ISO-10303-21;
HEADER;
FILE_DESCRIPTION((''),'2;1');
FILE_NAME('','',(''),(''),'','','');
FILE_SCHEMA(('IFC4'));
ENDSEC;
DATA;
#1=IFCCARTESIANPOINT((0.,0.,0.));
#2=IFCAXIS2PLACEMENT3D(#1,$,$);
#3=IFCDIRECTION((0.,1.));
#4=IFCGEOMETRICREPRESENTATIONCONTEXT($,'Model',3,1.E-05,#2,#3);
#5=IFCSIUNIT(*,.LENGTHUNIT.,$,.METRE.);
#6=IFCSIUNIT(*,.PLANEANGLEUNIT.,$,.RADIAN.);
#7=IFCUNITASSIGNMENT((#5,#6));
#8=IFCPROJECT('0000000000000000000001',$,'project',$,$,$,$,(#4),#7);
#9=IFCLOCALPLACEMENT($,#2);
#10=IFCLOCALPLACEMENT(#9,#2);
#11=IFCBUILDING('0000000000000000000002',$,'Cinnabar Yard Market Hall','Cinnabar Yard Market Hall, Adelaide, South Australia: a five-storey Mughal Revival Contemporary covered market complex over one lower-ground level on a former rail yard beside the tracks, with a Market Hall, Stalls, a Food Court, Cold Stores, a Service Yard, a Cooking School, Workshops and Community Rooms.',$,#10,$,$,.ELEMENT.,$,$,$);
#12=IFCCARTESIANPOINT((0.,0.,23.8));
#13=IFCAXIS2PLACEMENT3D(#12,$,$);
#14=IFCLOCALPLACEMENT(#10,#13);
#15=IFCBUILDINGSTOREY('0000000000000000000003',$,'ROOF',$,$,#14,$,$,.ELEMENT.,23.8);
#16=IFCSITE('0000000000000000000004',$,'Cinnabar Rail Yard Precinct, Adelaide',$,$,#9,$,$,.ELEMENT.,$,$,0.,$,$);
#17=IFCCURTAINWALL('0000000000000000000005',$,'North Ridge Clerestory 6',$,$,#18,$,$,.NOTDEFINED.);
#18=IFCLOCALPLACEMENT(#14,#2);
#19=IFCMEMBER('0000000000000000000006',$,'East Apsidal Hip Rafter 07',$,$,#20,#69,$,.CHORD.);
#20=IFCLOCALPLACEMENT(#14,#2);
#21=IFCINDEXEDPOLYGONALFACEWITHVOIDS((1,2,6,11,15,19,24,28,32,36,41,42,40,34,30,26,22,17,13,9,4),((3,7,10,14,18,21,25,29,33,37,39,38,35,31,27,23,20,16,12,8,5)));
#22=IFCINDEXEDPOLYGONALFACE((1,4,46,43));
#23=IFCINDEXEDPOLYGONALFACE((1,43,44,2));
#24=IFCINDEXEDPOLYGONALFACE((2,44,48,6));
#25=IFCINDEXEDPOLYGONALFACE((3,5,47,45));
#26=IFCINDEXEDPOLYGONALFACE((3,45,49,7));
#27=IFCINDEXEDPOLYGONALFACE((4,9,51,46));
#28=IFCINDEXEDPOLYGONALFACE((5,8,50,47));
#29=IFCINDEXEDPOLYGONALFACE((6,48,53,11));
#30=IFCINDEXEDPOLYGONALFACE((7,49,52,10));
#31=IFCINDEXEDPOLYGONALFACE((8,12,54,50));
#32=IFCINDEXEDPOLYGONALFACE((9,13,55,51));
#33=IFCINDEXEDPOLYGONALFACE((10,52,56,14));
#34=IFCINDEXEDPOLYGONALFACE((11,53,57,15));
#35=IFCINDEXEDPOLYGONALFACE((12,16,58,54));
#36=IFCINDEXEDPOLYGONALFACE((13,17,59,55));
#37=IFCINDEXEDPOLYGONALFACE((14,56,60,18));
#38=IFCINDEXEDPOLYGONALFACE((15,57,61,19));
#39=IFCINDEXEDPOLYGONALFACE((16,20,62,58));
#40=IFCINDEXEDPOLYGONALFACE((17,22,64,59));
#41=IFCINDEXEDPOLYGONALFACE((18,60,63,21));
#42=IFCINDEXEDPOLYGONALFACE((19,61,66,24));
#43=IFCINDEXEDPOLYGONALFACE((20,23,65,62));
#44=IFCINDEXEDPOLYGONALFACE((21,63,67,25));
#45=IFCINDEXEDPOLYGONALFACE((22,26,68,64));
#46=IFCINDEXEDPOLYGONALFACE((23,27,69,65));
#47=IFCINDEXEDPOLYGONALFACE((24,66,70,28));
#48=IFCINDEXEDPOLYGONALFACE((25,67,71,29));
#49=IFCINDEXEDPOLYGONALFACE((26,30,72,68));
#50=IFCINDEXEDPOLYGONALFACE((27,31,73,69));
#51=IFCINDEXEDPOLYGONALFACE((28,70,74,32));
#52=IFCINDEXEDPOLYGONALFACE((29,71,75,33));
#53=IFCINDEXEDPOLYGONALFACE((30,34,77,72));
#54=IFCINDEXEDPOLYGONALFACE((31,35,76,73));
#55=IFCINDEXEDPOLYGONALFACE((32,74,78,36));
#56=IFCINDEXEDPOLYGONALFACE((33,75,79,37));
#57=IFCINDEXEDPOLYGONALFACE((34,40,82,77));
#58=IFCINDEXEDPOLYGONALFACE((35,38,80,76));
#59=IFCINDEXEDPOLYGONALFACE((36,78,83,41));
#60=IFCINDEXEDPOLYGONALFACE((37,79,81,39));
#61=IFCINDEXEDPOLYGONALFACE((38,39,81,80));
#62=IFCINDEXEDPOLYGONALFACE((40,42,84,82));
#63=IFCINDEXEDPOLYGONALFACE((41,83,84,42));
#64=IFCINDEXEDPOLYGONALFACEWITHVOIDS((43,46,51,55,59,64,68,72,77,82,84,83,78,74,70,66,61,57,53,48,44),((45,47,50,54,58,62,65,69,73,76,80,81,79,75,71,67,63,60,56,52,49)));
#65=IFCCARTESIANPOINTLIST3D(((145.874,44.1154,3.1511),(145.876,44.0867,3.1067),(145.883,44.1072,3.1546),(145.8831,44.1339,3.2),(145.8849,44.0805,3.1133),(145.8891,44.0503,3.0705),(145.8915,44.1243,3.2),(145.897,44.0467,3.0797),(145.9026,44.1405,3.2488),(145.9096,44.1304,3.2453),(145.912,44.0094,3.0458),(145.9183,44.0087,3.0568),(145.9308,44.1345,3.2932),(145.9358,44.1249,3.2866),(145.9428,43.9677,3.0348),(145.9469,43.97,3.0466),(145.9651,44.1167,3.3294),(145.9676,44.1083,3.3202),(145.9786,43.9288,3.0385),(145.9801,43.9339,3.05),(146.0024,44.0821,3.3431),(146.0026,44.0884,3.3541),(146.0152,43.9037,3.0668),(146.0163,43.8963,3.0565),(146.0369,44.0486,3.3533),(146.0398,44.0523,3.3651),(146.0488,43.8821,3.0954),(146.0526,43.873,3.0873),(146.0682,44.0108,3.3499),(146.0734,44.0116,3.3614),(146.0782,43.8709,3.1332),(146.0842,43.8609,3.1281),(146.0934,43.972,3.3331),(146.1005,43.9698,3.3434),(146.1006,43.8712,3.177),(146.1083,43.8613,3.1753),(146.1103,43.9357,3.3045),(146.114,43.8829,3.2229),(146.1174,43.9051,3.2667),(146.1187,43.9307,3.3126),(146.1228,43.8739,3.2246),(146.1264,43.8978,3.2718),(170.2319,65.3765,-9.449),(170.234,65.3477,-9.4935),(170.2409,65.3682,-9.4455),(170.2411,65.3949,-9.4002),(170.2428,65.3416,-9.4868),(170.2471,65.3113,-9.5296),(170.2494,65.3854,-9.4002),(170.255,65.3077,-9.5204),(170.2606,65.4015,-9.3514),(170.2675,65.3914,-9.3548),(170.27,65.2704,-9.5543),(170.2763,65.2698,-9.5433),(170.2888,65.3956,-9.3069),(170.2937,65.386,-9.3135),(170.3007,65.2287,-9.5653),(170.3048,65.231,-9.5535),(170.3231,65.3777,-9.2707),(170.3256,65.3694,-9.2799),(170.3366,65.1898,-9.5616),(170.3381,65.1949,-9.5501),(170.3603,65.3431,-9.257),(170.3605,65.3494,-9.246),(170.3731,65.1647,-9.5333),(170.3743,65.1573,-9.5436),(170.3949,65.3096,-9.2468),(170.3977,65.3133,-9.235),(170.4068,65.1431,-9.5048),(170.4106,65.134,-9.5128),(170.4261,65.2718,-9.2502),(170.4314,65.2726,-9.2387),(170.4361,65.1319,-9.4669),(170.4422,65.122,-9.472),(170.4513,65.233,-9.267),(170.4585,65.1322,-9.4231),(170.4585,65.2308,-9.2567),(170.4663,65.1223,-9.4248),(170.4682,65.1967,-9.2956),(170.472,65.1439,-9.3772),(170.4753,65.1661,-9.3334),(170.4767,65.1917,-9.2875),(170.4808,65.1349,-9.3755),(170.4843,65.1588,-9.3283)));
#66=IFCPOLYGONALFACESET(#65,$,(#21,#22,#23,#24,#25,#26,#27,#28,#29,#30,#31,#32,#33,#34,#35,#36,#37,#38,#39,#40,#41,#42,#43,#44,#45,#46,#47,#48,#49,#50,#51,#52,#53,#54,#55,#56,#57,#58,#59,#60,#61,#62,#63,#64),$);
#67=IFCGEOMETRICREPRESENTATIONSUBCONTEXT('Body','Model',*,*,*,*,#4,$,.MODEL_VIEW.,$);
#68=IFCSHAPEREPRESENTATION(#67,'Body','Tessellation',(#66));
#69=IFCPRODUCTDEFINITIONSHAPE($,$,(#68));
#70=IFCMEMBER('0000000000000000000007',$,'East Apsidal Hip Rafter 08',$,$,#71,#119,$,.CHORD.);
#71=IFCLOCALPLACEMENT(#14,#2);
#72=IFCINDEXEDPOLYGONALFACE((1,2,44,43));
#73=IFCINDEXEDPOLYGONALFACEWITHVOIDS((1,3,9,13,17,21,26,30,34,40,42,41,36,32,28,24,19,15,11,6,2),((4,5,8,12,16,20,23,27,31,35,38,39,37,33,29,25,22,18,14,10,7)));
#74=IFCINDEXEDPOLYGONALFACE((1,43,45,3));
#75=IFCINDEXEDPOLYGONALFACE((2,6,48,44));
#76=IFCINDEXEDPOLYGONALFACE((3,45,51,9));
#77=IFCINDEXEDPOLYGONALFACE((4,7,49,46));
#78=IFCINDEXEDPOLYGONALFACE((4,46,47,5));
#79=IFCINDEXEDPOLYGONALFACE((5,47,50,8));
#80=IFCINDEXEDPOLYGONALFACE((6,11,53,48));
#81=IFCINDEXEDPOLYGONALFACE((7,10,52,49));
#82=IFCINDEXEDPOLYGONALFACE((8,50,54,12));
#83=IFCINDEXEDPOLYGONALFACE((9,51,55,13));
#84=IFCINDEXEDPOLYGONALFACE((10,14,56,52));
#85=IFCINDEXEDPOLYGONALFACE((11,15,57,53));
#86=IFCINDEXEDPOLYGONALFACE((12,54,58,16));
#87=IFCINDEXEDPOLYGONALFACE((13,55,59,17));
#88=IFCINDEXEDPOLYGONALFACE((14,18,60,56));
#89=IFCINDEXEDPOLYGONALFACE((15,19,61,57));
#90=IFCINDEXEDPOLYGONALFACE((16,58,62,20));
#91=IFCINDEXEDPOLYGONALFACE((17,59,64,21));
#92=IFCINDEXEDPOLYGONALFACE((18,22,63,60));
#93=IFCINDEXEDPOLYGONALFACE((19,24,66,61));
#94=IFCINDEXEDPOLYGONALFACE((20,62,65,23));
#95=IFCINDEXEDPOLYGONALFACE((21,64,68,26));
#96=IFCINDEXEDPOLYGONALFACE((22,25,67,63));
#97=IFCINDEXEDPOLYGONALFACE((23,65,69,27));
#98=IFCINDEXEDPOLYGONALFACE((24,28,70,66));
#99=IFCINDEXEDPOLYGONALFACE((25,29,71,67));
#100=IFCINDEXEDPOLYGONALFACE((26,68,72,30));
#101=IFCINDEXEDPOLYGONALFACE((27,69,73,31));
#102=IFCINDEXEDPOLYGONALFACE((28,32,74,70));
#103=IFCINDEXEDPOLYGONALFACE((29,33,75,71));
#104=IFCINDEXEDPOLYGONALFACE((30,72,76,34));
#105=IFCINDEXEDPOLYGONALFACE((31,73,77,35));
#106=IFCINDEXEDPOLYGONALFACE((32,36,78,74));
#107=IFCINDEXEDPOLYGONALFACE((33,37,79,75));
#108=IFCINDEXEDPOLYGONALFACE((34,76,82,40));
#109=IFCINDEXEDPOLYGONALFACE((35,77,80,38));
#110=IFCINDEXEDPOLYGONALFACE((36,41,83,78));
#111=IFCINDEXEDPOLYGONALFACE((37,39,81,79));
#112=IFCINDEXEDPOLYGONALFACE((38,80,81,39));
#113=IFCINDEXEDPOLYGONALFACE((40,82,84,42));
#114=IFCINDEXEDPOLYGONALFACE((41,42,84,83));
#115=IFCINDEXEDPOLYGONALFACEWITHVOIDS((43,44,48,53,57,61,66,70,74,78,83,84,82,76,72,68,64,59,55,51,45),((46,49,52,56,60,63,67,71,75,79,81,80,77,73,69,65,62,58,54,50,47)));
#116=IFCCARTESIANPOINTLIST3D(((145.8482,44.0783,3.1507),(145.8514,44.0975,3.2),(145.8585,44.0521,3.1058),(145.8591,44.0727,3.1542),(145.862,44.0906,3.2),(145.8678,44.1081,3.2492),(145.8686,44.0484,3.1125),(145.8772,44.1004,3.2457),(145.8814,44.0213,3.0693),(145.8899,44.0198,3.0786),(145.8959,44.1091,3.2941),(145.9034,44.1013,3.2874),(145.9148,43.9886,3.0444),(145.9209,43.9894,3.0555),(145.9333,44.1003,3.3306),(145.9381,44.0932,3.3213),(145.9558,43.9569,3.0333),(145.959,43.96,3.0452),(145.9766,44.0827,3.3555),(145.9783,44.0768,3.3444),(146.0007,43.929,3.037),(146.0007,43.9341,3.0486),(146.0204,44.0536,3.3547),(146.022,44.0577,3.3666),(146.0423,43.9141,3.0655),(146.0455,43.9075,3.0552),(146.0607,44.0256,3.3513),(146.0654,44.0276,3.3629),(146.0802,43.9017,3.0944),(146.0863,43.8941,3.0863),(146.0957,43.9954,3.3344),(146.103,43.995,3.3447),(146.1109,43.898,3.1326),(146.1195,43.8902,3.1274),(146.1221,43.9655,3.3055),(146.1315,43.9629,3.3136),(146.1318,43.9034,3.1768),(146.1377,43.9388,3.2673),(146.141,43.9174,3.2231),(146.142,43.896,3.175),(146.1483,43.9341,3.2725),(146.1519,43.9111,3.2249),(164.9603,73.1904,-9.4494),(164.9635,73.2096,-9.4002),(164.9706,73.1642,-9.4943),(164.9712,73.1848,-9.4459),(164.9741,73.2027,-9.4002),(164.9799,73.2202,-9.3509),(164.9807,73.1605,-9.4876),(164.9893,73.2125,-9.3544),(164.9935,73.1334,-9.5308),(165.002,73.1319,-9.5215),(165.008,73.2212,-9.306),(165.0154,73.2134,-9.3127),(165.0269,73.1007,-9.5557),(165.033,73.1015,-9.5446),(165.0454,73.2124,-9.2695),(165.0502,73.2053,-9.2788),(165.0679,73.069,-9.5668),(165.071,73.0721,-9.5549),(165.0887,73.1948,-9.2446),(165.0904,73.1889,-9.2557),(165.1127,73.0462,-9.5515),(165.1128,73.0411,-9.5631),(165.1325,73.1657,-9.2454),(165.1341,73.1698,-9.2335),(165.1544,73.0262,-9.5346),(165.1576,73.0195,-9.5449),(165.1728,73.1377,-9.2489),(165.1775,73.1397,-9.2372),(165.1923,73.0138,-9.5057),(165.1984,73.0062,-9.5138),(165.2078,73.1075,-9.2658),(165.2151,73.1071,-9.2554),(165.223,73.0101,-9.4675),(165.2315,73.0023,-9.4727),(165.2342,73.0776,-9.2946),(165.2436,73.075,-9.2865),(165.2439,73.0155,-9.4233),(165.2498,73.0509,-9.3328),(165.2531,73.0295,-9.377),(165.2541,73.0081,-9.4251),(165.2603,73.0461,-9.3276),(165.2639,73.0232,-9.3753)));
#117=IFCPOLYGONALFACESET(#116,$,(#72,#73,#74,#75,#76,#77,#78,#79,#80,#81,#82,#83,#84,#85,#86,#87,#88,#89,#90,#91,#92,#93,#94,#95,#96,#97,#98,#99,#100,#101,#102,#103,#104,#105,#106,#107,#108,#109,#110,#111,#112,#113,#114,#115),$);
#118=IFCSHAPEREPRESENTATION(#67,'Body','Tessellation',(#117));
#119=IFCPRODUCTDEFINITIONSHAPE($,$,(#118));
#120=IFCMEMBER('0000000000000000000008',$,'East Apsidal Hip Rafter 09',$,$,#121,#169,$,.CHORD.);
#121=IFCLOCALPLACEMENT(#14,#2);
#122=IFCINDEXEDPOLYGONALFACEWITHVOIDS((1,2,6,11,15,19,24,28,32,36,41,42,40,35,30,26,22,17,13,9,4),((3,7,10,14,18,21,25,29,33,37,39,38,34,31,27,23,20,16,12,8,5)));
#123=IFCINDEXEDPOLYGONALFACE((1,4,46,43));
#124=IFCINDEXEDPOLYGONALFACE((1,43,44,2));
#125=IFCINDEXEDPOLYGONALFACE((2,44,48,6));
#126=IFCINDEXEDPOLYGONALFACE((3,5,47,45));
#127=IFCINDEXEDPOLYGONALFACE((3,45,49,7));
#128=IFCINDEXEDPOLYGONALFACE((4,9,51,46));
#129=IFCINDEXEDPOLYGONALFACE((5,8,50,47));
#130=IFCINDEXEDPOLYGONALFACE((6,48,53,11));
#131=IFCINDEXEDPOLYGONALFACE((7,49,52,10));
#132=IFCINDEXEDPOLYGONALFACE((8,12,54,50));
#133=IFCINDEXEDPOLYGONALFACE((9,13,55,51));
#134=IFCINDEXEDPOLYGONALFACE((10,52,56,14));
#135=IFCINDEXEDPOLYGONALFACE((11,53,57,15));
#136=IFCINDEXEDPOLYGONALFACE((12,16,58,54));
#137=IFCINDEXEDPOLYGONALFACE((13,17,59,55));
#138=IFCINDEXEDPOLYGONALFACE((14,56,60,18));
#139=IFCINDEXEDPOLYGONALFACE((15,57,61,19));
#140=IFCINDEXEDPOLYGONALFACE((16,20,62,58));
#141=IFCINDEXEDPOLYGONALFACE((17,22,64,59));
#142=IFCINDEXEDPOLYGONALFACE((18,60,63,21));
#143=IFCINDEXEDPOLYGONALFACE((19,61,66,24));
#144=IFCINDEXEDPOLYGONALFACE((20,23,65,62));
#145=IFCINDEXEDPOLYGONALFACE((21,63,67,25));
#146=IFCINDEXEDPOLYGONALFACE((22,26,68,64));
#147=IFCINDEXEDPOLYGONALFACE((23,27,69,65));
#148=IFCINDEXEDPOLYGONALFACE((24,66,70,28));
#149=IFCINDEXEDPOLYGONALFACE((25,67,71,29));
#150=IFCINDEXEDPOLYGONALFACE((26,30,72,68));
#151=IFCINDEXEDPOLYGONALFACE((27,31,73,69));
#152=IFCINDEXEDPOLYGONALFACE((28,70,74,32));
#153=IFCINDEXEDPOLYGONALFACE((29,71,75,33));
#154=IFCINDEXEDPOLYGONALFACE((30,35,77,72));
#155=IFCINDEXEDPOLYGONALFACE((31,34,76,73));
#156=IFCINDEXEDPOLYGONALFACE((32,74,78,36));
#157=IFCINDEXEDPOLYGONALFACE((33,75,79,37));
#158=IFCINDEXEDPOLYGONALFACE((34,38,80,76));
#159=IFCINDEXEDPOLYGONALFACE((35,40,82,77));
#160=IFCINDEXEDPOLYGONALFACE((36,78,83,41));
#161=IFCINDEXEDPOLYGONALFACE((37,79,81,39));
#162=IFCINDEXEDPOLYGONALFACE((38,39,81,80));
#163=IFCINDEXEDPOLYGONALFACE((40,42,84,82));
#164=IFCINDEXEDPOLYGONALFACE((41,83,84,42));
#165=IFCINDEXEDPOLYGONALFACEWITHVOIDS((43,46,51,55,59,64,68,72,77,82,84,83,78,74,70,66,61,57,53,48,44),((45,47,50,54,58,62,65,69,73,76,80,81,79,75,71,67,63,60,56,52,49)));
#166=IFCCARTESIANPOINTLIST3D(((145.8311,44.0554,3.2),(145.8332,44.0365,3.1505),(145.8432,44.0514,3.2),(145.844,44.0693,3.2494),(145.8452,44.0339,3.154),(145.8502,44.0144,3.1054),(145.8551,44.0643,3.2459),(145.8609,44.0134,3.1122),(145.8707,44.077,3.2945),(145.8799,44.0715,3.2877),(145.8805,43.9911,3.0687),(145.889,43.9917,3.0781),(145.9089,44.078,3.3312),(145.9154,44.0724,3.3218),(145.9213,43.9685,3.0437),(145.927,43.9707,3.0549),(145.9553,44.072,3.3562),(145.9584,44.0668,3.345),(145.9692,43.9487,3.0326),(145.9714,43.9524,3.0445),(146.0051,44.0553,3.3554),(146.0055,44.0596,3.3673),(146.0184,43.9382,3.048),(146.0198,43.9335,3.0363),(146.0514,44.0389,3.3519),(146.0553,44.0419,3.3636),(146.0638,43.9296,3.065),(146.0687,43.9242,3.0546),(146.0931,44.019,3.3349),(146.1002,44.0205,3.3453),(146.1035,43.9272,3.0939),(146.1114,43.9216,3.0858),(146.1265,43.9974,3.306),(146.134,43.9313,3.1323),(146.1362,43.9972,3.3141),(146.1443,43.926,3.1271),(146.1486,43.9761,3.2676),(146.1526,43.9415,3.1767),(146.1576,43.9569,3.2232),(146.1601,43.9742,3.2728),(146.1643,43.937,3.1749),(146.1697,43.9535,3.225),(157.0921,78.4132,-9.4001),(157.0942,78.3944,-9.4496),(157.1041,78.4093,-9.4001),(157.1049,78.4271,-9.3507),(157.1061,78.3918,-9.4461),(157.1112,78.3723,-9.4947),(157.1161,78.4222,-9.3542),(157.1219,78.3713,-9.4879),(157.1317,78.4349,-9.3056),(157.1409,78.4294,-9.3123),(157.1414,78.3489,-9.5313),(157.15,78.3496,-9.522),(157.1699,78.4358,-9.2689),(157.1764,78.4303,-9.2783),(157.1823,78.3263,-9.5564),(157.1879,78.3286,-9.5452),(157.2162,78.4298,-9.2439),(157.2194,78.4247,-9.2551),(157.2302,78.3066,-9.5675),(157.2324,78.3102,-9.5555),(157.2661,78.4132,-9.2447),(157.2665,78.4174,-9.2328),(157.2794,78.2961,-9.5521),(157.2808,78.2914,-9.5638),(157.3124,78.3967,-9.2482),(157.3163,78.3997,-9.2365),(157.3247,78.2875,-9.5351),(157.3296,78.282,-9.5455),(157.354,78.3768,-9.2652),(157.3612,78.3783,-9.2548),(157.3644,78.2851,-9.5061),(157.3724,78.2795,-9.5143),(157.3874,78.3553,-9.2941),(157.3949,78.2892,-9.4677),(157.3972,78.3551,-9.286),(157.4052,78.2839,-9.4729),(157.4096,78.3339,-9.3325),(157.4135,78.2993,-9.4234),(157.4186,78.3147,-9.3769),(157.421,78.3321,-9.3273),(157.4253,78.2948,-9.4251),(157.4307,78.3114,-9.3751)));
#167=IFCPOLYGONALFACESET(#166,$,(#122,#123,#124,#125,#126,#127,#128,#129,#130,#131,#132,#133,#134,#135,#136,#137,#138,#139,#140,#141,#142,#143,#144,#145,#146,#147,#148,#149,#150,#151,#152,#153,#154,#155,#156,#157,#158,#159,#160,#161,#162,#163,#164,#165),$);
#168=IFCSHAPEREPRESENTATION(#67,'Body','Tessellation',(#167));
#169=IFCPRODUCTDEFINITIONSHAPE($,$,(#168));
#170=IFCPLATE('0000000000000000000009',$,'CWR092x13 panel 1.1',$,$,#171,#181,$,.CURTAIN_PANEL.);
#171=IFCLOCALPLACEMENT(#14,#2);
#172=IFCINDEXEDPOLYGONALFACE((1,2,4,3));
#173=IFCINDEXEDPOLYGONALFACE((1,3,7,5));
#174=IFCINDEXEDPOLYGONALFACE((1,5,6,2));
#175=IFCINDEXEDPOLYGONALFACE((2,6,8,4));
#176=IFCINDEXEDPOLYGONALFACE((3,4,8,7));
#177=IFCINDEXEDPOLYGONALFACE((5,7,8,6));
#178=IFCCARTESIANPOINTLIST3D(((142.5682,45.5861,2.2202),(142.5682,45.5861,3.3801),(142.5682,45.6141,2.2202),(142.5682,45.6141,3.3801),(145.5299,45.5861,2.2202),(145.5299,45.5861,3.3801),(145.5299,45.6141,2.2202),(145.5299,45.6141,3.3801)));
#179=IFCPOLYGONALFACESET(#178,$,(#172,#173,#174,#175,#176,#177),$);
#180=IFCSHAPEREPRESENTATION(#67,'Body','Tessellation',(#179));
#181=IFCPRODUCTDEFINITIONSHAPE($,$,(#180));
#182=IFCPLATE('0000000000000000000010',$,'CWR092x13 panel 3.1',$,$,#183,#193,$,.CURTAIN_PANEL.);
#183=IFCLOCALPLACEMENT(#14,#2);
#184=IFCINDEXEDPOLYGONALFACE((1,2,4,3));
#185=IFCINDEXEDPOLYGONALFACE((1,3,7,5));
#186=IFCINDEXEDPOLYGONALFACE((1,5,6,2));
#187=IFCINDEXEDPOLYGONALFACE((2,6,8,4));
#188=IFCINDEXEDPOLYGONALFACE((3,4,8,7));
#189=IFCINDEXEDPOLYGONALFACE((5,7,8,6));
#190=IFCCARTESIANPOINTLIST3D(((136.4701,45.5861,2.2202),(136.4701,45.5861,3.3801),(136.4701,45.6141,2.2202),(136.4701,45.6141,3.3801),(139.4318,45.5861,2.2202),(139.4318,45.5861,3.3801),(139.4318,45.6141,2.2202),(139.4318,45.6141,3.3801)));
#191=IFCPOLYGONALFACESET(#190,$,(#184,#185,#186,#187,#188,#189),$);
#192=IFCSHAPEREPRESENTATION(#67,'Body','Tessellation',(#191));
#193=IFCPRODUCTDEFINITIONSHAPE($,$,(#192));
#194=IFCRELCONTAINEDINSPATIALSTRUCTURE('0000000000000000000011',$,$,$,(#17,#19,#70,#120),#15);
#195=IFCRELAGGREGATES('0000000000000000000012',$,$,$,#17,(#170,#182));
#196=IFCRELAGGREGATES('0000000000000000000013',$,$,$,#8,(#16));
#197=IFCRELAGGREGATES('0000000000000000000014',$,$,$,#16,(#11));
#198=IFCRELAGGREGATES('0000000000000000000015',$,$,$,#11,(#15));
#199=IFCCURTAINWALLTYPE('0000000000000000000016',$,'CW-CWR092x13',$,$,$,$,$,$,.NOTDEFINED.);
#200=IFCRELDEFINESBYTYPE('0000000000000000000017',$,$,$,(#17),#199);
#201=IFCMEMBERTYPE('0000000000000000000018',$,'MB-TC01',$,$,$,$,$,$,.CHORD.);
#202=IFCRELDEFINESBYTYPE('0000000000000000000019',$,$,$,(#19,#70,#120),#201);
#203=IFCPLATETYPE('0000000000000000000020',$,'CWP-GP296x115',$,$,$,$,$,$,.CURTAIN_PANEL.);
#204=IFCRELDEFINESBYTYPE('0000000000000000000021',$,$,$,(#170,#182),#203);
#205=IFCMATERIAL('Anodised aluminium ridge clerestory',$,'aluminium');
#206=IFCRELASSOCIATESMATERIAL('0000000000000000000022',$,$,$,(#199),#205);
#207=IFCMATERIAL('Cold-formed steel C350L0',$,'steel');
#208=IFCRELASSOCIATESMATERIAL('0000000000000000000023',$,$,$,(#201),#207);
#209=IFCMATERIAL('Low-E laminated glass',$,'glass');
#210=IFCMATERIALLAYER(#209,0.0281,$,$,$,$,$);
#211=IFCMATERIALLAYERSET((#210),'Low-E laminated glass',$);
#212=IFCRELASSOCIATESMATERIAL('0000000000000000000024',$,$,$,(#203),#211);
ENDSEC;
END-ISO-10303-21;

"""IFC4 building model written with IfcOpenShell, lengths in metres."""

from ifc_helpers import new_model, si_unit, direction, frame, origin, origin_2d_with_axis, place, context, subcontext, project, spatial, rectangle, hollow_circle, extrude, material, layer, layer_set, material_profile, profile_set, type_object, element, aggregate, save


model = new_model("IFC4")

# Units and contexts
model_context = context("Model", 3, precision=1e-05, world=origin(), true_north=direction((0.0, 1.0)))
body_context = subcontext(model_context, "Body", "Model", "MODEL_VIEW")
ifc_project = project(units=[si_unit("LENGTHUNIT", "METRE"), si_unit("PLANEANGLEUNIT", "RADIAN")], contexts=[model_context])

# Site, building, storey
site_placement = place(None, origin())
site = spatial("IfcSite", under=ifc_project, at=site_placement, Name="Cinnabar Rail Yard Precinct, Adelaide", CompositionType="ELEMENT", RefElevation=0.0)
building_placement = place(site_placement, origin())
building = spatial("IfcBuilding", under=site, at=building_placement, Name="Cinnabar Yard Market Hall", Description="Cinnabar Yard Market Hall, Adelaide, South Australia: a five-storey Mughal Revival Contemporary covered market complex over one lower-ground level on a former rail yard beside the tracks, with a Market Hall, Stalls, a Food Court, Cold Stores, a Service Yard, a Cooking School, Workshops and Community Rooms.", CompositionType="ELEMENT")
storey_placement = place(building_placement, frame((0.0, 0.0, 23.8)))
storey = spatial("IfcBuildingStorey", under=building, at=storey_placement, Name="ROOF", CompositionType="ELEMENT", Elevation=23.8)

# Curtain wall
ifc_material_1 = material(Name="Anodised aluminium ridge clerestory", Category="aluminium")
curtain_wall_type = type_object("IfcCurtainWallType", Name="CW-CWR092x13", PredefinedType="NOTDEFINED", material=ifc_material_1)
curtain_wall_placement = place(storey_placement, origin())
curtain_wall = element("IfcCurtainWall", 1, at=curtain_wall_placement, inside=storey, type_object=curtain_wall_type, Name="North Ridge Clerestory 6", PredefinedType="NOTDEFINED")

# Members
ifc_material_2 = material(Name="Cold-formed steel C350L0", Category="steel")
ifc_material_profile_1 = material_profile(ifc_material_2, hollow_circle(Radius=0.1777, WallThickness=0.0127, at=origin_2d_with_axis()), Name="355.6x12.7CHS")
ifc_profile_set_1 = profile_set([ifc_material_profile_1], Name="Cold-formed steel C350L0")
member_type_1 = type_object("IfcMemberType", Name="MB-TC01", PredefinedType="CHORD", material=ifc_profile_set_1)
member_1_placement = place(storey_placement, frame((146.0, 44.0, 3.2), z_axis=(0.701954, 0.612706, -0.363114), x_axis=(-0.65759, 0.753376, 0.0)))
element("IfcMember", 2, at=member_1_placement, inside=storey, type_object=member_type_1, Name="East Apsidal Hip Rafter 07", PredefinedType="CHORD", context=body_context, shape_type="SweptSolid", body=[
    extrude(hollow_circle(Radius=0.1777, WallThickness=0.0127, at=origin_2d_with_axis()), origin(), (0.0, 0.0, 1.0), 34.7002),
])
member_2_placement = place(storey_placement, frame((146.0, 44.0, 3.2), z_axis=(0.516063, 0.786082, -0.340227), x_axis=(-0.835952, 0.548802, 0.0)))
element("IfcMember", 3, at=member_2_placement, inside=storey, type_object=member_type_1, Name="East Apsidal Hip Rafter 08", PredefinedType="CHORD", context=body_context, shape_type="SweptSolid", body=[
    extrude(hollow_circle(Radius=0.1777, WallThickness=0.0127, at=origin_2d_with_axis()), origin(), (0.0, 0.0, 1.0), 37.0344),
])
member_3_placement = place(storey_placement, frame((146.0, 44.0, 3.2), z_axis=(0.294106, 0.897334, -0.32908), x_axis=(-0.950261, 0.311453, 0.0)))
element("IfcMember", 4, at=member_3_placement, inside=storey, type_object=member_type_1, Name="East Apsidal Hip Rafter 09", PredefinedType="CHORD", context=body_context, shape_type="SweptSolid", body=[
    extrude(hollow_circle(Radius=0.1777, WallThickness=0.0127, at=origin_2d_with_axis()), origin(), (0.0, 0.0, 1.0), 38.2888),
])

# Plates
ifc_material_3 = material(Name="Low-E laminated glass", Category="glass")
ifc_layer_1 = layer(ifc_material_3, 0.0281)
ifc_layer_set_1 = layer_set([ifc_layer_1], Name="Low-E laminated glass")
plate_type_1 = type_object("IfcPlateType", Name="CWP-GP296x115", PredefinedType="CURTAIN_PANEL", material=ifc_layer_set_1)
plate_1_placement = place(storey_placement, frame((144.0491, 45.6001, 2.2202), z_axis=(0.0, 0.0, 1.0), x_axis=(-1.0, 0.0, 0.0)))
plate_1 = element("IfcPlate", 5, at=plate_1_placement, type_object=plate_type_1, Name="CWR092x13 panel 1.1", PredefinedType="CURTAIN_PANEL", context=body_context, shape_type="SweptSolid", body=[
    extrude(rectangle(XDim=2.9617, YDim=0.0281, at=origin_2d_with_axis()), origin(), (0.0, 0.0, 1.0), 1.1599),
])
plate_2_placement = place(storey_placement, frame((137.9509, 45.6001, 2.2202), z_axis=(0.0, 0.0, 1.0), x_axis=(-1.0, 0.0, 0.0)))
plate_2 = element("IfcPlate", 6, at=plate_2_placement, type_object=plate_type_1, Name="CWR092x13 panel 3.1", PredefinedType="CURTAIN_PANEL", context=body_context, shape_type="SweptSolid", body=[
    extrude(rectangle(XDim=2.9617, YDim=0.0281, at=origin_2d_with_axis()), origin(), (0.0, 0.0, 1.0), 1.1599),
])
aggregate(curtain_wall, [plate_1, plate_2])

save(model, "model.ifc")
